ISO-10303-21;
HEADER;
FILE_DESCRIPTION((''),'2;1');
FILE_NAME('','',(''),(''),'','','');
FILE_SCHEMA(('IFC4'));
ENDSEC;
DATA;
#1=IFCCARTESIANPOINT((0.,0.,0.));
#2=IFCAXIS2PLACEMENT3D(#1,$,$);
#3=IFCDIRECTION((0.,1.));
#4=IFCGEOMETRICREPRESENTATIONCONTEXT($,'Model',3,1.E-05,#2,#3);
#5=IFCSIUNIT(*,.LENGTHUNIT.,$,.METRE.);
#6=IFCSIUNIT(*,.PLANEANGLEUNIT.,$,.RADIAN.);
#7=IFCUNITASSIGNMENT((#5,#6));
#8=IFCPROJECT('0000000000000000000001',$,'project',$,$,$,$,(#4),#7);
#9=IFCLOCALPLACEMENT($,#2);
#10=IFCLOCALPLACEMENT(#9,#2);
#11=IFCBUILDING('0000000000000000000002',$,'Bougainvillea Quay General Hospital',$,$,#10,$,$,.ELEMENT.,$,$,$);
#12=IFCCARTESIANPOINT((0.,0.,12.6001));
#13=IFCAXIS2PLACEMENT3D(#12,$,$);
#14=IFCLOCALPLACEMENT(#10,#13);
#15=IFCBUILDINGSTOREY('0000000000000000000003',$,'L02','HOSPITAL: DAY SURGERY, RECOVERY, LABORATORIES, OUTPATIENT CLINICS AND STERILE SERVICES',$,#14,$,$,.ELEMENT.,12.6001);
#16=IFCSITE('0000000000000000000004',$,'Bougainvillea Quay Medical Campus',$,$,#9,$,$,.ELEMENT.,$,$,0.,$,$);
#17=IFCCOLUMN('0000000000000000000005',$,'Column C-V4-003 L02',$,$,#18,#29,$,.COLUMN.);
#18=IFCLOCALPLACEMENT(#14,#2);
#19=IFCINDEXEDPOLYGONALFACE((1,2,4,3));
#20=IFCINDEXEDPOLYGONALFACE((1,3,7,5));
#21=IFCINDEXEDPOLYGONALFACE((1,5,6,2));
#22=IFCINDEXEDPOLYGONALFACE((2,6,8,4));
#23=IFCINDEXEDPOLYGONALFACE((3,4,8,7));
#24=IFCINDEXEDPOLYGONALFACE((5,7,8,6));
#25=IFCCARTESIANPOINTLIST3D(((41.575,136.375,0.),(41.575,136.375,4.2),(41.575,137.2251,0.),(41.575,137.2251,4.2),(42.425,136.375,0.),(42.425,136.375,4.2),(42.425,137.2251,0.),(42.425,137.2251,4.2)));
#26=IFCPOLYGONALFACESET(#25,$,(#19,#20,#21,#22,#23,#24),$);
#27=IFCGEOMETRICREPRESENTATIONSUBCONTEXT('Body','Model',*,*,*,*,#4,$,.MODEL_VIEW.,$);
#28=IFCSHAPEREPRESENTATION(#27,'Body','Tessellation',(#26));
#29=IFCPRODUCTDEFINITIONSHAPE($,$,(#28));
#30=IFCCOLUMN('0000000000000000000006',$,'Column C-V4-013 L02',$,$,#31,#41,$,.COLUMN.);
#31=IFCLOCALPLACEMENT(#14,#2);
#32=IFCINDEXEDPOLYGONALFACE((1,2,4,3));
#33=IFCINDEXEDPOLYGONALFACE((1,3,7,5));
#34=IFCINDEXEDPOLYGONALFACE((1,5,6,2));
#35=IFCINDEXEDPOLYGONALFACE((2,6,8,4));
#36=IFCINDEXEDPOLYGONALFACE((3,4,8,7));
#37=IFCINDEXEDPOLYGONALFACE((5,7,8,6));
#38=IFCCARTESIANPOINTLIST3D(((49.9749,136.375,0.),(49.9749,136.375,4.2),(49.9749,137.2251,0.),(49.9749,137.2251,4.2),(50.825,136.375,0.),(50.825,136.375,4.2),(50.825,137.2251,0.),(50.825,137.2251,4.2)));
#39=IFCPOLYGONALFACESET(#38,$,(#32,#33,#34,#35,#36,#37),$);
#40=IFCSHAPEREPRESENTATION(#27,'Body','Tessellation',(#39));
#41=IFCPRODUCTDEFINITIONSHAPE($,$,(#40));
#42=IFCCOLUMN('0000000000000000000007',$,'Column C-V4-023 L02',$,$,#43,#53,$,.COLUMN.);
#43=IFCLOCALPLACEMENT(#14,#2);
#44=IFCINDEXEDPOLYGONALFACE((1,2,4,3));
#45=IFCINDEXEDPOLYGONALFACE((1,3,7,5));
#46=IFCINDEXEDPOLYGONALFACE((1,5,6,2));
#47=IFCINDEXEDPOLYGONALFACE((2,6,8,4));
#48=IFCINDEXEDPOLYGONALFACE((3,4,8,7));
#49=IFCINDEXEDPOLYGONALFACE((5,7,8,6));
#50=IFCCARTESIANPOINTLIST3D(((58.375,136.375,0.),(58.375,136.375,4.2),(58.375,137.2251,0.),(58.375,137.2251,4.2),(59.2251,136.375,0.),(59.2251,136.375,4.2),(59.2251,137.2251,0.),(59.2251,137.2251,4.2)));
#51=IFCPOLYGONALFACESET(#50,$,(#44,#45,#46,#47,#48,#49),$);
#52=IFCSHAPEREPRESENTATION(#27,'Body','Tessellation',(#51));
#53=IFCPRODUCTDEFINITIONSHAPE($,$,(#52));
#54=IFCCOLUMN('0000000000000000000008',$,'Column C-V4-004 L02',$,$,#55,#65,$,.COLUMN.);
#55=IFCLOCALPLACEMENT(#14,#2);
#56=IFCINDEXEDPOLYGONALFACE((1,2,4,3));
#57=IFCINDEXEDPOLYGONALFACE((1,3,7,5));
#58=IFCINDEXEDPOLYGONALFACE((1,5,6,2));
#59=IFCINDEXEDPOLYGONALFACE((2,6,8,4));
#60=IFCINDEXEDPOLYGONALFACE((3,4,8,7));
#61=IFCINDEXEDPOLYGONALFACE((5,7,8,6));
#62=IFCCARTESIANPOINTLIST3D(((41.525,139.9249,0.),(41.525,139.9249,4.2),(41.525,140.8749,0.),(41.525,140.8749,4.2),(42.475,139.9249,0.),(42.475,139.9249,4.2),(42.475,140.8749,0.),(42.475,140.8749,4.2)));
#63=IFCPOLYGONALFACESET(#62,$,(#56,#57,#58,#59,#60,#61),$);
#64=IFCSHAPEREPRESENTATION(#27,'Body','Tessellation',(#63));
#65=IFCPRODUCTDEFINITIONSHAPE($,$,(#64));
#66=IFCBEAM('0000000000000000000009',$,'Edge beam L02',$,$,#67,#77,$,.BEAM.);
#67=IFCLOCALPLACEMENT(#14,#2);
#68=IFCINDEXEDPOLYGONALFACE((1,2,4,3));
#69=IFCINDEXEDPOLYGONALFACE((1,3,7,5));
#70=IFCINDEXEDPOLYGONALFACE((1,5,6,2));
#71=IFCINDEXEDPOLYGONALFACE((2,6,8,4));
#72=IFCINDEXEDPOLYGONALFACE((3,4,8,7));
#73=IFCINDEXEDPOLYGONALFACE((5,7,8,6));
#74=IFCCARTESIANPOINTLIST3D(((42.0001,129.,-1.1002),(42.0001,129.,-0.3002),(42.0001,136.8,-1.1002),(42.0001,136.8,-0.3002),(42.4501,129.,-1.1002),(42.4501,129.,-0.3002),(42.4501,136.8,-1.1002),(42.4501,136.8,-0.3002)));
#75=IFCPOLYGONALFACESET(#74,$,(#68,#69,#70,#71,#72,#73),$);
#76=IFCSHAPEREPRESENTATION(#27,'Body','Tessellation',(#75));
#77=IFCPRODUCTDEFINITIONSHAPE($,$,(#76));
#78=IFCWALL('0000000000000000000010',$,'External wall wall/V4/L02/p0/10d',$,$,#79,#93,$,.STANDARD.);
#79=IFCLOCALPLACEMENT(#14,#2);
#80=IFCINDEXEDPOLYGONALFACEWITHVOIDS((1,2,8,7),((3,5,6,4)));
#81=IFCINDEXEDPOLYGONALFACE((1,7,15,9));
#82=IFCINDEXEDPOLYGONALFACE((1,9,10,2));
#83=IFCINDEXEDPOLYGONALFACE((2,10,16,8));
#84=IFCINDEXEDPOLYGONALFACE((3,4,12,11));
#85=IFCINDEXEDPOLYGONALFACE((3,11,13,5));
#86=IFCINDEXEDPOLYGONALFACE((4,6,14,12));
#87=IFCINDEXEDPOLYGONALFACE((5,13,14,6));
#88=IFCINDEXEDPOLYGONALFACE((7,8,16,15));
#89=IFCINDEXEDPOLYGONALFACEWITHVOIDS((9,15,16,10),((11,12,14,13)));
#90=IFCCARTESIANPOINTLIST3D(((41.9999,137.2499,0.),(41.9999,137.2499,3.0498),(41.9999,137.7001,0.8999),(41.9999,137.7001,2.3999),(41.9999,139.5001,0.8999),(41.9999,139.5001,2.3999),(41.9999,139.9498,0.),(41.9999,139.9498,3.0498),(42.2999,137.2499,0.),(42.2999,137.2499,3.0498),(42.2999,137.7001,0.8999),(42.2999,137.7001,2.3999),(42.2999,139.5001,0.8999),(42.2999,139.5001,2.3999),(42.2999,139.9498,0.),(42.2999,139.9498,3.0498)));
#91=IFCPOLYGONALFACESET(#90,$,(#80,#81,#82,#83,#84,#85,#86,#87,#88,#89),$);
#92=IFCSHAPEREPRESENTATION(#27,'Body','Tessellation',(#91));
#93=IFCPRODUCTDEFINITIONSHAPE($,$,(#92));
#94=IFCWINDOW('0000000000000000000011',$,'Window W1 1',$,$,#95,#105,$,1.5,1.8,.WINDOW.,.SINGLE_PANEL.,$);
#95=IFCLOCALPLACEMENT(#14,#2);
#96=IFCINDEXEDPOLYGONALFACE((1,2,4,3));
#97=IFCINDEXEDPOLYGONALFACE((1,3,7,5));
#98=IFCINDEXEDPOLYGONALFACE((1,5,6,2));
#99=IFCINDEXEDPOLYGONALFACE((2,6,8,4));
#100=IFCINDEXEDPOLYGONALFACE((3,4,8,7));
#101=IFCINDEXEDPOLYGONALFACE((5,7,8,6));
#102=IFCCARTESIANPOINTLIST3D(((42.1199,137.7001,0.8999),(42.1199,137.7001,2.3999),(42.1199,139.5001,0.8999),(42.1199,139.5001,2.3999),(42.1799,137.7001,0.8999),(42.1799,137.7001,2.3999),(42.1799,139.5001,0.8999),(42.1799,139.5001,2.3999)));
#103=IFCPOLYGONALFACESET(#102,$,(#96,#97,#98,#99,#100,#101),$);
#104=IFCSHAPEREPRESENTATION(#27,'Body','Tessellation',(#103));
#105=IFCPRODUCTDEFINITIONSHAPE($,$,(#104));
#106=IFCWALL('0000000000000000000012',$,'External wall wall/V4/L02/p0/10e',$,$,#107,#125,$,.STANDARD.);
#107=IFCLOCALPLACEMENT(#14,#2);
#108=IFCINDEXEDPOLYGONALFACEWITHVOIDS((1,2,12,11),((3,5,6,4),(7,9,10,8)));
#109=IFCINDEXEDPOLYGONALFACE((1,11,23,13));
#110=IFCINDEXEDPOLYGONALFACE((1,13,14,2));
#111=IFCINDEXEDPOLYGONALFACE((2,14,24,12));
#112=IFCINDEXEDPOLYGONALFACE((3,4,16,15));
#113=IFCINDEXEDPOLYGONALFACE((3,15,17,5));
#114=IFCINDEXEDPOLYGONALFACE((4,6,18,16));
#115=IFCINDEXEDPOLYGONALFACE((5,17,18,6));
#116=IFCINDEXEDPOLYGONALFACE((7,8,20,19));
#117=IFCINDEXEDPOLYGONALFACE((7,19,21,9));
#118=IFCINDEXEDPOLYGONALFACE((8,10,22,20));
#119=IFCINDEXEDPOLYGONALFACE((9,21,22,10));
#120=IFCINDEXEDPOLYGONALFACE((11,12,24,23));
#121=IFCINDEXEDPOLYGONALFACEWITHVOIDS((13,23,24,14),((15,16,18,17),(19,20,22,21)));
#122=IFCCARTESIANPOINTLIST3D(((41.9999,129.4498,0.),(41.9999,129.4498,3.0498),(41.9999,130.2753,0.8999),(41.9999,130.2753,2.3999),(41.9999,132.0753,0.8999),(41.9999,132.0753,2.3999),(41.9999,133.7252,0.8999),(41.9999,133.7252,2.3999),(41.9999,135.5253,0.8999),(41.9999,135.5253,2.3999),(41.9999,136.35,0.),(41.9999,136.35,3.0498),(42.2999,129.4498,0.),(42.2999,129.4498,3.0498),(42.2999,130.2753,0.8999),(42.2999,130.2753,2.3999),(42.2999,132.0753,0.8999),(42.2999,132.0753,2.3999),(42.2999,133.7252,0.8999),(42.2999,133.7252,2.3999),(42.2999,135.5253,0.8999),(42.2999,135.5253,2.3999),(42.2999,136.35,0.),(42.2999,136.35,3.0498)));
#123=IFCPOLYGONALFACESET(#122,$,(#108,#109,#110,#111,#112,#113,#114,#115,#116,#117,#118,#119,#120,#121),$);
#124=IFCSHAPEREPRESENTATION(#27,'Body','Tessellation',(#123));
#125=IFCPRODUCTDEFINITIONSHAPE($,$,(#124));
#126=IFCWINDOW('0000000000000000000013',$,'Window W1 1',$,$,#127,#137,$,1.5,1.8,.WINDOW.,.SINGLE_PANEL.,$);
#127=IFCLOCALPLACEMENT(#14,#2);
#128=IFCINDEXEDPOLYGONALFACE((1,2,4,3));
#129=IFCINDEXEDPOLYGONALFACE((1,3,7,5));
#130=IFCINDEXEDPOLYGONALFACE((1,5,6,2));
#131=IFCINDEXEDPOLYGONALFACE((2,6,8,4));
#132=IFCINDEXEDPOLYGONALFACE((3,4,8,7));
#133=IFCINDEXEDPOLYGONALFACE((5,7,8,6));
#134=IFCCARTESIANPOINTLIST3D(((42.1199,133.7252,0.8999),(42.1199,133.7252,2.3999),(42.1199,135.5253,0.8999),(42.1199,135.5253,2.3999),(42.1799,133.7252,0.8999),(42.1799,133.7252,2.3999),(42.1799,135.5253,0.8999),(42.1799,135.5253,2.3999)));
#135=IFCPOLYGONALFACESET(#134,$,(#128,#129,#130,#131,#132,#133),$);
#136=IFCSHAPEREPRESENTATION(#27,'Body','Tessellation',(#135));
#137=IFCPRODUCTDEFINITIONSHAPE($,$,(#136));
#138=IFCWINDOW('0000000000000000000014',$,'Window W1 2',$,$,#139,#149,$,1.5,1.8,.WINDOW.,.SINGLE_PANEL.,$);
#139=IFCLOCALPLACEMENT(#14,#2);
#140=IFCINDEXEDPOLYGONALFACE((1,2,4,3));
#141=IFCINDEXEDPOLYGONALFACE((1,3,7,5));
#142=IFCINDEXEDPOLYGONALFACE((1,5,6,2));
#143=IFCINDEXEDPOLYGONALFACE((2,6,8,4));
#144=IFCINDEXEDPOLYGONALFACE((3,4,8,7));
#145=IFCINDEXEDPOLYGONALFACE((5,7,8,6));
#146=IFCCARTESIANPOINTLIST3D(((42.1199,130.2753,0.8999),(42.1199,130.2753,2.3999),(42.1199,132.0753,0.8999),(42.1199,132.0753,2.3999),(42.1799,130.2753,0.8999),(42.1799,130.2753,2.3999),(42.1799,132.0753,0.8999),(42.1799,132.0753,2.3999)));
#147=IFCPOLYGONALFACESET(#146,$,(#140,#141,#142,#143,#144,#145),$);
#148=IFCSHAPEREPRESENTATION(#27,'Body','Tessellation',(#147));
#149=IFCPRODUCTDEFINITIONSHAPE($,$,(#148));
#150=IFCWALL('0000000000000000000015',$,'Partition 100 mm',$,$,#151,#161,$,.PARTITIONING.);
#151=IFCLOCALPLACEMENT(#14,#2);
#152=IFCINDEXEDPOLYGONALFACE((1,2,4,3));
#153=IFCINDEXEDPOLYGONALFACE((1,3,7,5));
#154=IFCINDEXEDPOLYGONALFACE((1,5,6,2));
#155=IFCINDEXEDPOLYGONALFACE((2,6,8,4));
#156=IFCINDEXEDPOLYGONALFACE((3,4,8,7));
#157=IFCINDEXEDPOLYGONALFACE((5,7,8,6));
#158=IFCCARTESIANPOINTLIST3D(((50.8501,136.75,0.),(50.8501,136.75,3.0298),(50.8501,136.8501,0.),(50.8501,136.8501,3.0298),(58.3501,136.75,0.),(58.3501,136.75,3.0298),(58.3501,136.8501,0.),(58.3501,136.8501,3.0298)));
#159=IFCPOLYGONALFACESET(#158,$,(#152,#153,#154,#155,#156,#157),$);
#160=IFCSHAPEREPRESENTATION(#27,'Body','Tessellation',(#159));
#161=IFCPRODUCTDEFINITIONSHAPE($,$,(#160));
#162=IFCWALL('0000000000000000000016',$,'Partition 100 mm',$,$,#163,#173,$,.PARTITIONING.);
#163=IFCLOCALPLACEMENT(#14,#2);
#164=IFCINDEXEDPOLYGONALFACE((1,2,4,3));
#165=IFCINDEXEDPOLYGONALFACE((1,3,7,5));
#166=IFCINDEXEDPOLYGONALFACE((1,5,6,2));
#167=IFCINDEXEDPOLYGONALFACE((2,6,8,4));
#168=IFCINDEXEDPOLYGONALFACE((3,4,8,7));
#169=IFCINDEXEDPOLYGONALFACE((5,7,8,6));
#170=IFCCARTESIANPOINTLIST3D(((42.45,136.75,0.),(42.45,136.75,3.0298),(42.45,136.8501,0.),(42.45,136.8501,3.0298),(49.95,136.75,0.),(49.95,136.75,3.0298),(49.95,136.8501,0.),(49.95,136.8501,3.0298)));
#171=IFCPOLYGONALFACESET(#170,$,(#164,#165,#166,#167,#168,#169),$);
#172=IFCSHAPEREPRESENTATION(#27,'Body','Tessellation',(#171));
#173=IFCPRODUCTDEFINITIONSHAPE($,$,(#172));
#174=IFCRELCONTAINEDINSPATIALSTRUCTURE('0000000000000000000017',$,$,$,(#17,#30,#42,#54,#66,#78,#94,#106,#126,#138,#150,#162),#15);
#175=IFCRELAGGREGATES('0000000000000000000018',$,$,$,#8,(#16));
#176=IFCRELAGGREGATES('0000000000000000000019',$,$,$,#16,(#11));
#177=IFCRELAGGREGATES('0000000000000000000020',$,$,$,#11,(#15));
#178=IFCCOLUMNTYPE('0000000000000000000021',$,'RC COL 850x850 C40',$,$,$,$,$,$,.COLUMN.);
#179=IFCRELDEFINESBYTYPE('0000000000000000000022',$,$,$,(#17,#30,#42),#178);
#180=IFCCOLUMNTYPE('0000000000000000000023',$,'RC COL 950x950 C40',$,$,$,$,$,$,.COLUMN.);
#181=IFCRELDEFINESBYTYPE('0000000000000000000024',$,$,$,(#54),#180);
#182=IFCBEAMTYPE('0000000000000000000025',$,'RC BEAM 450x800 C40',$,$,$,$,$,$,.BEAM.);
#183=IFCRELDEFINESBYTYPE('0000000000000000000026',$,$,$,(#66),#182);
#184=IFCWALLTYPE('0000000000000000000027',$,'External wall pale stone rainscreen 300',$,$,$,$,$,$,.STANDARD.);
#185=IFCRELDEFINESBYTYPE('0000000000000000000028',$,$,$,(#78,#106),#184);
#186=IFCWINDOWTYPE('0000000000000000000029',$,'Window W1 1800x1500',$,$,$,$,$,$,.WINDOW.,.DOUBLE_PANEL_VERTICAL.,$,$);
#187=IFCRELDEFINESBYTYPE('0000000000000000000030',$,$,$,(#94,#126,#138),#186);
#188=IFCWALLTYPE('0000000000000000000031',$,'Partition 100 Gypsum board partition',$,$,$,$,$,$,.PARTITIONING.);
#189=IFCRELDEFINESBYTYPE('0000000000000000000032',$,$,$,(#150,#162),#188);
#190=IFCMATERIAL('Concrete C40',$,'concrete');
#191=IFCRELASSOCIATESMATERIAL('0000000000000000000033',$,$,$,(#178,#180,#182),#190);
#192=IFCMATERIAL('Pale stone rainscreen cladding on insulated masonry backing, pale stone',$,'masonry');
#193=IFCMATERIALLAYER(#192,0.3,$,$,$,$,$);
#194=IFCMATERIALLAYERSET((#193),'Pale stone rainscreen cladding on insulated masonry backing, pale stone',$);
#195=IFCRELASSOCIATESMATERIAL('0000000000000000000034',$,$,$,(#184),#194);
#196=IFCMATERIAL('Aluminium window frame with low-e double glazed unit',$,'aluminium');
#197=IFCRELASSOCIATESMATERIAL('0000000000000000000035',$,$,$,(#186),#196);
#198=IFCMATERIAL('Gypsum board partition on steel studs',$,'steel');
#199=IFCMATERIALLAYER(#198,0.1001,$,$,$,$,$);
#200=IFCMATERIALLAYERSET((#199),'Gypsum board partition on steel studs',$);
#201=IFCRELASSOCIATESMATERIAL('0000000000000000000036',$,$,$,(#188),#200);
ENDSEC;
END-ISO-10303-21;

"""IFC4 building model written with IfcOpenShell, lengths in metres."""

from ifc_helpers import new_model, si_unit, direction, frame, frame_2d, origin, origin_2d, place, context, subcontext, project, spatial, rectangle, extrude, material, layer, layer_set, material_profile, profile_set, type_object, element, fill, save


model = new_model("IFC4")

# Units and contexts
model_context = context("Model", 3, precision=1e-05, world=origin(), true_north=direction((0.0, 1.0)))
body_context = subcontext(model_context, "Body", "Model", "MODEL_VIEW")
ifc_project = project(units=[si_unit("LENGTHUNIT", "METRE"), si_unit("PLANEANGLEUNIT", "RADIAN")], contexts=[model_context])

# Site, building, storey
site_placement = place(None, origin())
site = spatial("IfcSite", under=ifc_project, at=site_placement, Name="Bougainvillea Quay Medical Campus", CompositionType="ELEMENT", RefElevation=0.0)
building_placement = place(site_placement, origin())
building = spatial("IfcBuilding", under=site, at=building_placement, Name="Bougainvillea Quay General Hospital", CompositionType="ELEMENT")
storey_placement = place(building_placement, frame((0.0, 0.0, 12.6001)))
storey = spatial("IfcBuildingStorey", under=building, at=storey_placement, Name="L02", Description="HOSPITAL: DAY SURGERY, RECOVERY, LABORATORIES, OUTPATIENT CLINICS AND STERILE SERVICES", CompositionType="ELEMENT", Elevation=12.6001)

# Columns
ifc_material_1 = material(Name="Concrete C40", Category="concrete")
ifc_material_profile_1 = material_profile(ifc_material_1, rectangle(XDim=0.8501, YDim=0.8501, at=origin_2d()))
ifc_profile_set_1 = profile_set([ifc_material_profile_1], Name="Concrete C40")
column_type_1 = type_object("IfcColumnType", Name="RC COL 850x850 C40", PredefinedType="COLUMN", material=ifc_profile_set_1)
for number, where, z_axis, x_axis, name in (
    (1, (42.0, 136.8, 0.0), (0.0, 0.0, 1.0), (1.0, 0.0, 0.0), "Column C-V4-003 L02"),
    (2, (50.3999, 136.8, 0.0), (0.0, 0.0, 1.0), (1.0, 0.0, 0.0), "Column C-V4-013 L02"),
    (3, (58.8, 136.8, 0.0), (0.0, 0.0, 1.0), (1.0, 0.0, 0.0), "Column C-V4-023 L02"),
):
    element("IfcColumn", number, at=place(storey_placement, frame(where, z_axis=z_axis, x_axis=x_axis)), inside=storey, type_object=column_type_1, Name=name, PredefinedType="COLUMN", context=body_context, shape_type="SweptSolid", body=[
        extrude(rectangle(XDim=0.8501, YDim=0.8501, at=origin_2d()), origin(), (0.0, 0.0, 1.0), 4.2),
    ])
ifc_material_profile_2 = material_profile(ifc_material_1, rectangle(XDim=0.95, YDim=0.95, at=origin_2d()))
ifc_profile_set_2 = profile_set([ifc_material_profile_2], Name="Concrete C40")
column_type_2 = type_object("IfcColumnType", Name="RC COL 950x950 C40", PredefinedType="COLUMN", material=ifc_profile_set_2)
column_placement = place(storey_placement, frame((42.0, 140.3999, 0.0), z_axis=(0.0, 0.0, 1.0), x_axis=(1.0, 0.0, 0.0)))
element("IfcColumn", 4, at=column_placement, inside=storey, type_object=column_type_2, Name="Column C-V4-004 L02", PredefinedType="COLUMN", context=body_context, shape_type="SweptSolid", body=[
    extrude(rectangle(XDim=0.95, YDim=0.95, at=origin_2d()), origin(), (0.0, 0.0, 1.0), 4.2),
])

# Beam
ifc_material_profile_3 = material_profile(ifc_material_1, rectangle(XDim=0.45, YDim=0.8, at=origin_2d()))
ifc_profile_set_3 = profile_set([ifc_material_profile_3], Name="Concrete C40")
beam_type = type_object("IfcBeamType", Name="RC BEAM 450x800 C40", PredefinedType="BEAM", material=ifc_profile_set_3)
beam_placement = place(storey_placement, frame((42.2251, 136.8, -0.7002), z_axis=(0.0, -1.0, 0.0), x_axis=(1.0, 0.0, 0.0)))
element("IfcBeam", 5, at=beam_placement, inside=storey, type_object=beam_type, Name="Edge beam L02", PredefinedType="BEAM", context=body_context, shape_type="SweptSolid", body=[
    extrude(rectangle(XDim=0.45, YDim=0.8, at=origin_2d()), origin(), (0.0, 0.0, 1.0), 7.8),
])

# Wall, opening, window
ifc_material_2 = material(Name="Pale stone rainscreen cladding on insulated masonry backing, pale stone", Category="masonry")
ifc_layer_1 = layer(ifc_material_2, 0.3)
ifc_layer_set_1 = layer_set([ifc_layer_1], Name="Pale stone rainscreen cladding on insulated masonry backing, pale stone")
wall_type_1 = type_object("IfcWallType", Name="External wall pale stone rainscreen 300", PredefinedType="STANDARD", material=ifc_layer_set_1)
wall_1_placement = place(storey_placement, frame((42.1499, 139.95, 0.0), z_axis=(0.0, 0.0, 1.0), x_axis=(0.0, -1.0, 0.0)))
wall_1 = element("IfcWall", 6, at=wall_1_placement, inside=storey, type_object=wall_type_1, Name="External wall wall/V4/L02/p0/10d", PredefinedType="STANDARD", context=body_context, shape_type="SweptSolid", body=[
    extrude(rectangle(XDim=2.7, YDim=0.3, at=frame_2d((1.3501, 0.0))), origin(), (0.0, 0.0, 1.0), 3.0498),
])
opening_1_placement = place(wall_1_placement, frame((0.45, 0.0, 0.8999)))
opening_1 = element("IfcOpeningElement", 7, at=opening_1_placement, cuts=wall_1, PredefinedType="OPENING", context=body_context, shape_type="SweptSolid", body=[
    extrude(rectangle(XDim=1.8, YDim=1.5, at=frame_2d((0.8999, 0.75))), frame((0.0, 0.1599, 0.0), z_axis=(0.0, -1.0, 0.0), x_axis=(1.0, 0.0, 0.0)), (0.0, 0.0, 1.0), 0.3201),
])
ifc_material_3 = material(Name="Aluminium window frame with low-e double glazed unit", Category="aluminium")
window_type = type_object("IfcWindowType", Name="Window W1 1800x1500", PartitioningType="DOUBLE_PANEL_VERTICAL", PredefinedType="WINDOW", material=ifc_material_3)
window_1_placement = place(opening_1_placement, origin())
window_1 = element("IfcWindow", 8, at=window_1_placement, inside=storey, type_object=window_type, Name="Window W1 1", OverallHeight=1.5, OverallWidth=1.8, PartitioningType="SINGLE_PANEL", PredefinedType="WINDOW", context=body_context, shape_type="SweptSolid", body=[
    extrude(rectangle(XDim=1.8, YDim=1.5, at=frame_2d((0.8999, 0.75))), frame((0.0, 0.03, 0.0), z_axis=(0.0, -1.0, 0.0), x_axis=(1.0, 0.0, 0.0)), (0.0, 0.0, 1.0), 0.0601),
])
fill(opening_1, window_1)

# Wall, openings, windows
wall_2_placement = place(storey_placement, frame((42.1499, 136.3501, 0.0), z_axis=(0.0, 0.0, 1.0), x_axis=(0.0, -1.0, 0.0)))
wall_2 = element("IfcWall", 9, at=wall_2_placement, inside=storey, type_object=wall_type_1, Name="External wall wall/V4/L02/p0/10e", PredefinedType="STANDARD", context=body_context, shape_type="SweptSolid", body=[
    extrude(rectangle(XDim=6.9001, YDim=0.3, at=frame_2d((3.4502, 0.0))), origin(), (0.0, 0.0, 1.0), 3.0498),
])
opening_2_placement = place(wall_2_placement, frame((0.825, 0.0, 0.8999)))
opening_2 = element("IfcOpeningElement", 10, at=opening_2_placement, cuts=wall_2, PredefinedType="OPENING", context=body_context, shape_type="SweptSolid", body=[
    extrude(rectangle(XDim=1.8, YDim=1.5, at=frame_2d((0.8999, 0.75))), frame((0.0, 0.1599, 0.0), z_axis=(0.0, -1.0, 0.0), x_axis=(1.0, 0.0, 0.0)), (0.0, 0.0, 1.0), 0.3201),
])
opening_3_placement = place(wall_2_placement, frame((4.2749, 0.0, 0.8999)))
opening_3 = element("IfcOpeningElement", 11, at=opening_3_placement, cuts=wall_2, PredefinedType="OPENING", context=body_context, shape_type="SweptSolid", body=[
    extrude(rectangle(XDim=1.8, YDim=1.5, at=frame_2d((0.8999, 0.75))), frame((0.0, 0.1599, 0.0), z_axis=(0.0, -1.0, 0.0), x_axis=(1.0, 0.0, 0.0)), (0.0, 0.0, 1.0), 0.3201),
])
window_2_placement = place(opening_2_placement, origin())
window_2 = element("IfcWindow", 12, at=window_2_placement, inside=storey, type_object=window_type, Name="Window W1 1", OverallHeight=1.5, OverallWidth=1.8, PartitioningType="SINGLE_PANEL", PredefinedType="WINDOW", context=body_context, shape_type="SweptSolid", body=[
    extrude(rectangle(XDim=1.8, YDim=1.5, at=frame_2d((0.8999, 0.75))), frame((0.0, 0.03, 0.0), z_axis=(0.0, -1.0, 0.0), x_axis=(1.0, 0.0, 0.0)), (0.0, 0.0, 1.0), 0.0601),
])
fill(opening_2, window_2)
window_3_placement = place(opening_3_placement, origin())
window_3 = element("IfcWindow", 13, at=window_3_placement, inside=storey, type_object=window_type, Name="Window W1 2", OverallHeight=1.5, OverallWidth=1.8, PartitioningType="SINGLE_PANEL", PredefinedType="WINDOW", context=body_context, shape_type="SweptSolid", body=[
    extrude(rectangle(XDim=1.8, YDim=1.5, at=frame_2d((0.8999, 0.75))), frame((0.0, 0.03, 0.0), z_axis=(0.0, -1.0, 0.0), x_axis=(1.0, 0.0, 0.0)), (0.0, 0.0, 1.0), 0.0601),
])
fill(opening_3, window_3)

# Walls
ifc_material_4 = material(Name="Gypsum board partition on steel studs", Category="steel")
ifc_layer_2 = layer(ifc_material_4, 0.1001)
ifc_layer_set_2 = layer_set([ifc_layer_2], Name="Gypsum board partition on steel studs")
wall_type_2 = type_object("IfcWallType", Name="Partition 100 Gypsum board partition", PredefinedType="PARTITIONING", material=ifc_layer_set_2)
for number, where, z_axis, x_axis, name in (
    (14, (58.3501, 136.8, 0.0), (0.0, 0.0, 1.0), (-1.0, 0.0, 0.0), "Partition 100 mm"),
    (15, (49.95, 136.8, 0.0), (0.0, 0.0, 1.0), (-1.0, 0.0, 0.0), "Partition 100 mm"),
):
    element("IfcWall", number, at=place(storey_placement, frame(where, z_axis=z_axis, x_axis=x_axis)), inside=storey, type_object=wall_type_2, Name=name, PredefinedType="PARTITIONING", context=body_context, shape_type="SweptSolid", body=[
        extrude(rectangle(XDim=7.5, YDim=0.1001, at=frame_2d((3.75, 0.0))), origin(), (0.0, 0.0, 1.0), 3.0298),
    ])

save(model, "model.ifc")
